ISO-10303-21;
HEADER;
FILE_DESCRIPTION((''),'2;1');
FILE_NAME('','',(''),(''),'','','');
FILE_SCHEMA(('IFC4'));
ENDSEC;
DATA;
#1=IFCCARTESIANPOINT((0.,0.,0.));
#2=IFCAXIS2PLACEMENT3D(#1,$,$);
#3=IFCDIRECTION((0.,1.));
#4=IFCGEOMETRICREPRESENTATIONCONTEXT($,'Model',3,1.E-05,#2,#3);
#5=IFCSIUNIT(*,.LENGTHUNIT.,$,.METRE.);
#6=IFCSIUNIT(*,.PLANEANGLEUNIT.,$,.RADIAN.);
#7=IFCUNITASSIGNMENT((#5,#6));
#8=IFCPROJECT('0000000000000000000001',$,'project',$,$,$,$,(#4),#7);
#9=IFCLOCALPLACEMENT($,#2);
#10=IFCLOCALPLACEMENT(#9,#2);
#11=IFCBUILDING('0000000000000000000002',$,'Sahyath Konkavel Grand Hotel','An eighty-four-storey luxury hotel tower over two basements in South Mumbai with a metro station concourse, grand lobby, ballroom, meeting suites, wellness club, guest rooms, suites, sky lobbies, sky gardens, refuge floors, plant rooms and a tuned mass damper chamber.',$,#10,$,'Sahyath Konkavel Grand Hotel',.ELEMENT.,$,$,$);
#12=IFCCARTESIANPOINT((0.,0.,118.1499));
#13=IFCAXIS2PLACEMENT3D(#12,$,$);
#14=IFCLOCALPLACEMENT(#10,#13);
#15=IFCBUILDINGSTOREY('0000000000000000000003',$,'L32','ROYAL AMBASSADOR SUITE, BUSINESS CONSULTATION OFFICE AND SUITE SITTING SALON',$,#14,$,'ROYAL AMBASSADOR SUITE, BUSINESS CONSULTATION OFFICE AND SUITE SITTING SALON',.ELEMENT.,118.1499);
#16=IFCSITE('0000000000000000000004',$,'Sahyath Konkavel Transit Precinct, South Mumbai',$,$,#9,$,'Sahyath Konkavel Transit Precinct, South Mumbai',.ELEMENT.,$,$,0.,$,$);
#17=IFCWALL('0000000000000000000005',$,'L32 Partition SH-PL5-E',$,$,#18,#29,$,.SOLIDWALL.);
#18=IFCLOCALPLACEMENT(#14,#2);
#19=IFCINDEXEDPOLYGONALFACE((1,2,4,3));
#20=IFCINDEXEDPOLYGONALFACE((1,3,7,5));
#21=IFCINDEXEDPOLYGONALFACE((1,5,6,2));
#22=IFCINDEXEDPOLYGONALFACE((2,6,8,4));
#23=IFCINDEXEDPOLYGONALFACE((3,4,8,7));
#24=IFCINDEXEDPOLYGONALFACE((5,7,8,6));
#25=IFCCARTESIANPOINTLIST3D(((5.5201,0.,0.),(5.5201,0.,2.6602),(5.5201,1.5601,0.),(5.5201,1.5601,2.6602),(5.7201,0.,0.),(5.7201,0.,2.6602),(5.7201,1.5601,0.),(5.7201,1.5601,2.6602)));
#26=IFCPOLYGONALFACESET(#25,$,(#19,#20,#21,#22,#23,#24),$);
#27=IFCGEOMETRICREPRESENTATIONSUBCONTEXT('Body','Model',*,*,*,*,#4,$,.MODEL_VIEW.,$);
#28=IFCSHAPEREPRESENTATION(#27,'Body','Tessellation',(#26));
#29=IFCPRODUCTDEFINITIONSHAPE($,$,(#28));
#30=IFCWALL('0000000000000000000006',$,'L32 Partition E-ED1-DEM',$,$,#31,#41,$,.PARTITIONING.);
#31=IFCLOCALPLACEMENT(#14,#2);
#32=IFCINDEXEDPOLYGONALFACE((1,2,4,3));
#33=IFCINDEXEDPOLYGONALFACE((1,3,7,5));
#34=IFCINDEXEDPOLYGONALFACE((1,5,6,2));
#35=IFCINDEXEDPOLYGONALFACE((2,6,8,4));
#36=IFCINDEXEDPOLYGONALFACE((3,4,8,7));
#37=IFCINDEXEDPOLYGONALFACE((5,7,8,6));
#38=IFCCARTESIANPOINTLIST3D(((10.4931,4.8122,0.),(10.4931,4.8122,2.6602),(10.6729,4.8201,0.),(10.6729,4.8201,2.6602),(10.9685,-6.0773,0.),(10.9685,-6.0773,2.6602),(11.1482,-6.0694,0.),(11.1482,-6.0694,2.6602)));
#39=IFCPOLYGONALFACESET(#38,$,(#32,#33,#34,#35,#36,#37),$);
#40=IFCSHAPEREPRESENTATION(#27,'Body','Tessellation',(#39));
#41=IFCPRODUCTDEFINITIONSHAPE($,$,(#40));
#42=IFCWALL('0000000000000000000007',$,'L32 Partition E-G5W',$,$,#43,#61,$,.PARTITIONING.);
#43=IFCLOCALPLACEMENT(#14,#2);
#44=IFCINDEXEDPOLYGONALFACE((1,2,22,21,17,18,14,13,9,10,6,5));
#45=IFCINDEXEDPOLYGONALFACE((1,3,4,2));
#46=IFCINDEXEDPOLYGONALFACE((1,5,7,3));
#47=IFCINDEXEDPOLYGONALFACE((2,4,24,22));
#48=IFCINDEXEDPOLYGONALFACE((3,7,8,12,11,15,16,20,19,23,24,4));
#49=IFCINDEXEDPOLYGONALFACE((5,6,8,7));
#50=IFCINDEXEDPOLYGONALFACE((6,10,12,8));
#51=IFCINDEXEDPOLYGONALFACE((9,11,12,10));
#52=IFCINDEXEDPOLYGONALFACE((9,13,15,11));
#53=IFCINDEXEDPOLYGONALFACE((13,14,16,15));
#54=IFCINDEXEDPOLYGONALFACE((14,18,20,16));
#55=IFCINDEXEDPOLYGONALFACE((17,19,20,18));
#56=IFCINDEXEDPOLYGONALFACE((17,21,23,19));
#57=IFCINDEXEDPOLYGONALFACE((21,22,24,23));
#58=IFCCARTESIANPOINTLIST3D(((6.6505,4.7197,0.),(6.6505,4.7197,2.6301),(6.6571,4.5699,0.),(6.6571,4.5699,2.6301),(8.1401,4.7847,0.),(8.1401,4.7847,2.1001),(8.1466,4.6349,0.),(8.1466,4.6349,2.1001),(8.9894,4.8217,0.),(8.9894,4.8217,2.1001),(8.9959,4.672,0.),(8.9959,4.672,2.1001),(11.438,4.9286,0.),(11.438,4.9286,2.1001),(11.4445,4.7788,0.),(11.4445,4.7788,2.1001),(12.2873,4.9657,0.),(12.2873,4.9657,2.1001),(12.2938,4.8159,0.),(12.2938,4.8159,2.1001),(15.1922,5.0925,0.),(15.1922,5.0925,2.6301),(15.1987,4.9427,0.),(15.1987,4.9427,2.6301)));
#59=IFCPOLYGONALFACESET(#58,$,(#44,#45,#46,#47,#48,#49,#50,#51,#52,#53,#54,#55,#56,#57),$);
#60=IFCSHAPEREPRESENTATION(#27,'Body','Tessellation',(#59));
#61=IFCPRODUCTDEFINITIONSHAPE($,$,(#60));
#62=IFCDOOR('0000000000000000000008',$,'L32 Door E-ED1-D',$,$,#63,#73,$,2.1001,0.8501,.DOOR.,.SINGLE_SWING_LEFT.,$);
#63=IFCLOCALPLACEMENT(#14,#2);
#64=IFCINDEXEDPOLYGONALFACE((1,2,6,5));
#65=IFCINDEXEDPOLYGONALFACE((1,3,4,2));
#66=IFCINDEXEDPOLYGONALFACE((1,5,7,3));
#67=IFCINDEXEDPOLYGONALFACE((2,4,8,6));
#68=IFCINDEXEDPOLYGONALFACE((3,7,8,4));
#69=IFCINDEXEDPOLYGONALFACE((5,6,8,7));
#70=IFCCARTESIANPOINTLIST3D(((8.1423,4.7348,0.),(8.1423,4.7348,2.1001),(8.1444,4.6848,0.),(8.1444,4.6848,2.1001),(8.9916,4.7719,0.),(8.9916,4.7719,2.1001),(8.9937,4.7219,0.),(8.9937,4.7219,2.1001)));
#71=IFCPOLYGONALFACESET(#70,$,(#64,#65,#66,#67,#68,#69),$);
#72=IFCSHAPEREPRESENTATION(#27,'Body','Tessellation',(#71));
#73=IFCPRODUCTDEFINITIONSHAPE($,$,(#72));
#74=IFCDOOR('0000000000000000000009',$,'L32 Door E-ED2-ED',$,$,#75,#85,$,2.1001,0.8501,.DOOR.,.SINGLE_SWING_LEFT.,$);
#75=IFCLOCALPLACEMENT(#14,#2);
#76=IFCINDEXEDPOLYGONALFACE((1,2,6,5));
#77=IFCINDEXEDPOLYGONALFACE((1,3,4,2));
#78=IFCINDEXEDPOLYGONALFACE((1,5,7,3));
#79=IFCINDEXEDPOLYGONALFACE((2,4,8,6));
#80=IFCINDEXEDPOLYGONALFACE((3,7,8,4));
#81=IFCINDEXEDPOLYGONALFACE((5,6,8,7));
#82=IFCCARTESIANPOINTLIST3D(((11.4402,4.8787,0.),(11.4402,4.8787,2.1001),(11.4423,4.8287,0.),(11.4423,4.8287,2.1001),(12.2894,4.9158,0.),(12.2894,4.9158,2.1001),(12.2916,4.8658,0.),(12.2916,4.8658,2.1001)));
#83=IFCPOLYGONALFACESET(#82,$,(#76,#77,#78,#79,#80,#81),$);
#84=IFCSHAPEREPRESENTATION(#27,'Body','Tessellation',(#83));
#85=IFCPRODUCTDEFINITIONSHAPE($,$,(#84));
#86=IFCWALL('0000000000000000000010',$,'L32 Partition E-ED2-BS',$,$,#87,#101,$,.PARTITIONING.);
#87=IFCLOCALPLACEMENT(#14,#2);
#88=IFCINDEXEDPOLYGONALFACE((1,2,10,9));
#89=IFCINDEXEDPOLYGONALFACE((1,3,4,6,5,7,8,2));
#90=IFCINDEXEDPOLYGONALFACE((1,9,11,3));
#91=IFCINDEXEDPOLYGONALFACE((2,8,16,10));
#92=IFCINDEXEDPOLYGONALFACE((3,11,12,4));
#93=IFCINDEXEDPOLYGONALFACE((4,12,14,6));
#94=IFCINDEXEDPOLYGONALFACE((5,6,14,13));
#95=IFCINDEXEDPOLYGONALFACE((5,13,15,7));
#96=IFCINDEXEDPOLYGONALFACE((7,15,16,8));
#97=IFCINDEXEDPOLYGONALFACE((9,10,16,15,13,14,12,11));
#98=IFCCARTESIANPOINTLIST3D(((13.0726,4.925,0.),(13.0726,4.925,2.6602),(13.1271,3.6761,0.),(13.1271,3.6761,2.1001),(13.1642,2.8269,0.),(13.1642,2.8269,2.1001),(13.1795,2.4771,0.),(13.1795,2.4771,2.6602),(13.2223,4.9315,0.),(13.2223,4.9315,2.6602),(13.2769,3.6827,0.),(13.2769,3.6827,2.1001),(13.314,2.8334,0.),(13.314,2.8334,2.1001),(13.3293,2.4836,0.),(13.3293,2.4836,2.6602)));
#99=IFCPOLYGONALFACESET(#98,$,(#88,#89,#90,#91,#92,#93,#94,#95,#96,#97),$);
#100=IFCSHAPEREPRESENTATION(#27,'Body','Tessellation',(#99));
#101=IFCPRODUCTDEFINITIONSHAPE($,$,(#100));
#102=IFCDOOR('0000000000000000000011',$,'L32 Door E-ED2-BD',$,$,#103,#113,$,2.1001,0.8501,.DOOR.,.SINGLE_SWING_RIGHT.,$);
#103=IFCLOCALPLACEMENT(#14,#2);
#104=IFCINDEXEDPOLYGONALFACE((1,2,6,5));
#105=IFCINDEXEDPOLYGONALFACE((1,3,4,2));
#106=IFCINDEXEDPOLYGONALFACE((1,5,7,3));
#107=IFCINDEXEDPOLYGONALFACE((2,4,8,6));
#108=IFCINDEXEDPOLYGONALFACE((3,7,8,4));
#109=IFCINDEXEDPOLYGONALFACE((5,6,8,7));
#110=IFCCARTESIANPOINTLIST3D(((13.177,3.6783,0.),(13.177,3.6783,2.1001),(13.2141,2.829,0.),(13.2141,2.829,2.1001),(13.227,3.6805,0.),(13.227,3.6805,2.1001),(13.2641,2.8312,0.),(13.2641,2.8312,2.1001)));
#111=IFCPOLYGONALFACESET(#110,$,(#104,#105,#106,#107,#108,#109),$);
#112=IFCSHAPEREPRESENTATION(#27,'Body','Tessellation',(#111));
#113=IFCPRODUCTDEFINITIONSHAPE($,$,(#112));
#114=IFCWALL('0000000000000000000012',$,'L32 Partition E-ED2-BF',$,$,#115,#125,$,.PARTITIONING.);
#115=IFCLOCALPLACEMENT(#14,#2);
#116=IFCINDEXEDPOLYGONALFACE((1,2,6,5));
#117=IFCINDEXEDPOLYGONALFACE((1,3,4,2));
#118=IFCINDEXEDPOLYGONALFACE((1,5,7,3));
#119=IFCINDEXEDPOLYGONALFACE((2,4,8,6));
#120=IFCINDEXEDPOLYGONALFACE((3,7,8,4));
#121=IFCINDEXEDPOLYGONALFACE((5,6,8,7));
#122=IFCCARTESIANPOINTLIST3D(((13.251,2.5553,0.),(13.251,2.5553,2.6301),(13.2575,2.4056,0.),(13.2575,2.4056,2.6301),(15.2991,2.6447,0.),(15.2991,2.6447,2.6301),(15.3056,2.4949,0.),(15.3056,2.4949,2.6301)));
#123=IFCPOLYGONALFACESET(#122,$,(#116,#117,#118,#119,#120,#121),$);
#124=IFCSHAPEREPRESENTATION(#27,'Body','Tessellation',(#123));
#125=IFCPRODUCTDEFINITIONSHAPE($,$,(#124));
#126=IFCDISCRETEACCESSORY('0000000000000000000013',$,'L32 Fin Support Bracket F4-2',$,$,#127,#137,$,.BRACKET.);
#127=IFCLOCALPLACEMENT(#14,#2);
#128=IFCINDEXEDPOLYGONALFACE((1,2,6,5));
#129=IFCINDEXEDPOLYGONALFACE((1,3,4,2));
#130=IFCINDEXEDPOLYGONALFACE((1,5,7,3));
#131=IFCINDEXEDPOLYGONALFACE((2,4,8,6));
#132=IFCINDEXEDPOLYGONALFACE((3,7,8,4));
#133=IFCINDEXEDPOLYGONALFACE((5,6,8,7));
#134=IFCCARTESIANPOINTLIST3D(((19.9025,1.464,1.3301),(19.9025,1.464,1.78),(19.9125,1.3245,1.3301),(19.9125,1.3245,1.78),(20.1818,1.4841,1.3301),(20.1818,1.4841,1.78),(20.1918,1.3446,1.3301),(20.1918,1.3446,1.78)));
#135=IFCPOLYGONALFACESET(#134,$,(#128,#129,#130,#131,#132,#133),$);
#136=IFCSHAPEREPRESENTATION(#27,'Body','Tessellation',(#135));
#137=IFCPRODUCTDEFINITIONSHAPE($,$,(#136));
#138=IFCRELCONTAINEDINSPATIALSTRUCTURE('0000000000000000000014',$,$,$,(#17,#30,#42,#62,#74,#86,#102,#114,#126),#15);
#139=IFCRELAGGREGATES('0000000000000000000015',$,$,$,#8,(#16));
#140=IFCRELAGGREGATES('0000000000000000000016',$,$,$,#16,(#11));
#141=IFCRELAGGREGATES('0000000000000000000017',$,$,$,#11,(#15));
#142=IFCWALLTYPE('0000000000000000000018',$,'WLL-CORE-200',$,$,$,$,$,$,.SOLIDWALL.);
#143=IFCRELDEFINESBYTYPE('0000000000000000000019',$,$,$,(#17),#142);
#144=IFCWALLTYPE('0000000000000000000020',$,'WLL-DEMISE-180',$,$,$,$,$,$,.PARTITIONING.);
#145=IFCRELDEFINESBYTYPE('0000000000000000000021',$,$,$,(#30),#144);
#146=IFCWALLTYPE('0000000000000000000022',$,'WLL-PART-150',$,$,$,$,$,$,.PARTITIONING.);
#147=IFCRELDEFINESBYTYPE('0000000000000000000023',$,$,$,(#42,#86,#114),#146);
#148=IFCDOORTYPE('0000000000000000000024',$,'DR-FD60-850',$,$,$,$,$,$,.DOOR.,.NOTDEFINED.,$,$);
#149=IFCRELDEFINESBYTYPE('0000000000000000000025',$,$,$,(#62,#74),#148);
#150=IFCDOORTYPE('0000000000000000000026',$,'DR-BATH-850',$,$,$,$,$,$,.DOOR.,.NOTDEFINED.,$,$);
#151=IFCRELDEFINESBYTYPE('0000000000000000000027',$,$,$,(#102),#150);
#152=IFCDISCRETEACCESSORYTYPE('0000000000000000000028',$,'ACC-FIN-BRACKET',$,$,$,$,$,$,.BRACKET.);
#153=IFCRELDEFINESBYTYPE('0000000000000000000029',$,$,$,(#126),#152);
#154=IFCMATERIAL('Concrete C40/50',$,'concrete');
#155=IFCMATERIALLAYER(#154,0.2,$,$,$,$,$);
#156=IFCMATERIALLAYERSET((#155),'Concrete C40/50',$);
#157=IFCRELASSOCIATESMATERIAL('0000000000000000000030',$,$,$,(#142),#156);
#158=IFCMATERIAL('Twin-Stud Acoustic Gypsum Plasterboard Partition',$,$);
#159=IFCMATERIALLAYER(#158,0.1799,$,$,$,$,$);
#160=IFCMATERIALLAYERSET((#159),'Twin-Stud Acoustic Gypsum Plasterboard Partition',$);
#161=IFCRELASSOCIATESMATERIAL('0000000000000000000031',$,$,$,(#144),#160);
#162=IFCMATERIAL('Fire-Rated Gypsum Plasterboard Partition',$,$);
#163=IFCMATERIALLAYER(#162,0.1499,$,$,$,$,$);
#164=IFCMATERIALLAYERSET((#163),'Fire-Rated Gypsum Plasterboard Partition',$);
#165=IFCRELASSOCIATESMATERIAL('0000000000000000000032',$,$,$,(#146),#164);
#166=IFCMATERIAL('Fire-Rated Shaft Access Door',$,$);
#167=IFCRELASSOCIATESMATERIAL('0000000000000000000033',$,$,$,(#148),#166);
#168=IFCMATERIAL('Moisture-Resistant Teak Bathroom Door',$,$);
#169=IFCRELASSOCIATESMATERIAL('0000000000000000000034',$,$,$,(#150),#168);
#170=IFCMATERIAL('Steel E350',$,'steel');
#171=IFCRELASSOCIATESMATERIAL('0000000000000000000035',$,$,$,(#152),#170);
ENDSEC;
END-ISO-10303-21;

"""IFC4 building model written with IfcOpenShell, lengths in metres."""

from ifc_helpers import new_model, si_unit, direction, frame, frame_2d, origin, origin_2d, place, context, subcontext, project, spatial, rectangle, extrude, source, transform, mapped, material, layer, layer_set, type_object, element, fill, save


model = new_model("IFC4")

# Units and contexts
model_context = context("Model", 3, precision=1e-05, world=origin(), true_north=direction((0.0, 1.0)))
body_context = subcontext(model_context, "Body", "Model", "MODEL_VIEW")
ifc_project = project(units=[si_unit("LENGTHUNIT", "METRE"), si_unit("PLANEANGLEUNIT", "RADIAN")], contexts=[model_context])

# Site, building, storey
site_placement = place(None, origin())
site = spatial("IfcSite", under=ifc_project, at=site_placement, Name="Sahyath Konkavel Transit Precinct, South Mumbai", LongName="Sahyath Konkavel Transit Precinct, South Mumbai", CompositionType="ELEMENT", RefElevation=0.0)
building_placement = place(site_placement, origin())
building = spatial("IfcBuilding", under=site, at=building_placement, Name="Sahyath Konkavel Grand Hotel", Description="An eighty-four-storey luxury hotel tower over two basements in South Mumbai with a metro station concourse, grand lobby, ballroom, meeting suites, wellness club, guest rooms, suites, sky lobbies, sky gardens, refuge floors, plant rooms and a tuned mass damper chamber.", LongName="Sahyath Konkavel Grand Hotel", CompositionType="ELEMENT")
storey_placement = place(building_placement, frame((0.0, 0.0, 118.1499)))
storey = spatial("IfcBuildingStorey", under=building, at=storey_placement, Name="L32", Description="ROYAL AMBASSADOR SUITE, BUSINESS CONSULTATION OFFICE AND SUITE SITTING SALON", LongName="ROYAL AMBASSADOR SUITE, BUSINESS CONSULTATION OFFICE AND SUITE SITTING SALON", CompositionType="ELEMENT", Elevation=118.1499)

# Shared definitions
ifc_material_1 = material(Name="Steel E350", Category="steel")

# Walls
ifc_material_2 = material(Name="Concrete C40/50", Category="concrete")
ifc_layer_1 = layer(ifc_material_2, 0.2)
ifc_layer_set_1 = layer_set([ifc_layer_1], Name="Concrete C40/50")
wall_type_1 = type_object("IfcWallType", Name="WLL-CORE-200", PredefinedType="SOLIDWALL", material=ifc_layer_set_1)
wall_1_placement = place(storey_placement, frame((5.6201, 0.0, 0.0), z_axis=(0.0, 0.0, 1.0), x_axis=(0.0, 1.0, 0.0)))
element("IfcWall", 1, at=wall_1_placement, inside=storey, type_object=wall_type_1, Name="L32 Partition SH-PL5-E", PredefinedType="SOLIDWALL", context=body_context, shape_type="SweptSolid", body=[
    extrude(rectangle(XDim=1.5601, YDim=0.2, at=frame_2d((0.78, 0.0))), origin(), (0.0, 0.0, 1.0), 2.6602),
])
ifc_material_3 = material(Name="Twin-Stud Acoustic Gypsum Plasterboard Partition")
ifc_layer_2 = layer(ifc_material_3, 0.1799)
ifc_layer_set_2 = layer_set([ifc_layer_2], Name="Twin-Stud Acoustic Gypsum Plasterboard Partition")
wall_type_2 = type_object("IfcWallType", Name="WLL-DEMISE-180", PredefinedType="PARTITIONING", material=ifc_layer_set_2)
wall_2_placement = place(storey_placement, frame((10.583, 4.8162, 0.0), z_axis=(0.0, 0.0, 1.0), x_axis=(0.043609, -0.999049, 0.0)))
element("IfcWall", 2, at=wall_2_placement, inside=storey, type_object=wall_type_2, Name="L32 Partition E-ED1-DEM", PredefinedType="PARTITIONING", context=body_context, shape_type="SweptSolid", body=[
    extrude(rectangle(XDim=10.8999, YDim=0.1799, at=frame_2d((5.45, 0.0))), origin(), (0.0, 0.0, 1.0), 2.6602),
])

# Wall, openings, doors
ifc_material_4 = material(Name="Fire-Rated Gypsum Plasterboard Partition")
ifc_layer_3 = layer(ifc_material_4, 0.1499)
ifc_layer_set_3 = layer_set([ifc_layer_3], Name="Fire-Rated Gypsum Plasterboard Partition")
wall_type_3 = type_object("IfcWallType", Name="WLL-PART-150", PredefinedType="PARTITIONING", material=ifc_layer_set_3)
wall_3_placement = place(storey_placement, frame((6.6538, 4.6448, 0.0), z_axis=(0.0, 0.0, 1.0), x_axis=(0.999049, 0.043603, 0.0)))
wall_3 = element("IfcWall", 3, at=wall_3_placement, inside=storey, type_object=wall_type_3, Name="L32 Partition E-G5W", PredefinedType="PARTITIONING", context=body_context, shape_type="SweptSolid", body=[
    extrude(rectangle(XDim=8.5498, YDim=0.1499, at=frame_2d((4.2749, 0.0))), origin(), (0.0, 0.0, 1.0), 2.6301),
])
opening_1_placement = place(wall_3_placement, frame((1.491, 0.0, 0.0)))
opening_1 = element("IfcOpeningElement", 4, at=opening_1_placement, cuts=wall_3, PredefinedType="OPENING", context=body_context, shape_type="SweptSolid", body=[
    extrude(rectangle(XDim=0.8501, YDim=2.1001, at=frame_2d((0.425, 1.05))), frame((0.0, 0.085, 0.0), z_axis=(0.0, -1.0, 0.0), x_axis=(1.0, 0.0, 0.0)), (0.0, 0.0, 1.0), 0.1699),
])
opening_2_placement = place(wall_3_placement, frame((4.792, 0.0, 0.0)))
opening_2 = element("IfcOpeningElement", 5, at=opening_2_placement, cuts=wall_3, PredefinedType="OPENING", context=body_context, shape_type="SweptSolid", body=[
    extrude(rectangle(XDim=0.8501, YDim=2.1001, at=frame_2d((0.425, 1.05))), frame((0.0, 0.085, 0.0), z_axis=(0.0, -1.0, 0.0), x_axis=(1.0, 0.0, 0.0)), (0.0, 0.0, 1.0), 0.1699),
])
ifc_material_5 = material(Name="Fire-Rated Shaft Access Door")
door_type_1 = type_object("IfcDoorType", Name="DR-FD60-850", OperationType="NOTDEFINED", PredefinedType="DOOR", material=ifc_material_5)
shared_shape_1 = source(origin(), body_context, "Body", "SweptSolid", [
    extrude(rectangle(XDim=0.8501, YDim=0.05, at=origin_2d()), origin(), (0.0, 0.0, 1.0), 2.1001),
])
door_1_placement = place(opening_1_placement, frame((0.425, 0.0, 0.0)))
door_1 = element("IfcDoor", 6, at=door_1_placement, inside=storey, type_object=door_type_1, Name="L32 Door E-ED1-D", OperationType="SINGLE_SWING_LEFT", OverallHeight=2.1001, OverallWidth=0.8501, PredefinedType="DOOR", context=body_context, shape_type="MappedRepresentation", body=[
    mapped(shared_shape_1, transform((0.0, 0.0, 0.0), scale=1.0)),
])
fill(opening_1, door_1)
door_2_placement = place(opening_2_placement, frame((0.425, 0.0, 0.0)))
door_2 = element("IfcDoor", 7, at=door_2_placement, inside=storey, type_object=door_type_1, Name="L32 Door E-ED2-ED", OperationType="SINGLE_SWING_LEFT", OverallHeight=2.1001, OverallWidth=0.8501, PredefinedType="DOOR", context=body_context, shape_type="MappedRepresentation", body=[
    mapped(shared_shape_1, transform((0.0, 0.0, 0.0), scale=1.0)),
])
fill(opening_2, door_2)

# Wall, opening, door
wall_4_placement = place(storey_placement, frame((13.1475, 4.9282, 0.0), z_axis=(0.0, 0.0, 1.0), x_axis=(0.043645, -0.999047, 0.0)))
wall_4 = element("IfcWall", 8, at=wall_4_placement, inside=storey, type_object=wall_type_3, Name="L32 Partition E-ED2-BS", PredefinedType="PARTITIONING", context=body_context, shape_type="SweptSolid", body=[
    extrude(rectangle(XDim=2.4502, YDim=0.1499, at=frame_2d((1.2251, 0.0))), origin(), (0.0, 0.0, 1.0), 2.6602),
])
opening_3_placement = place(wall_4_placement, frame((1.25, 0.0, 0.0)))
opening_3 = element("IfcOpeningElement", 9, at=opening_3_placement, cuts=wall_4, PredefinedType="OPENING", context=body_context, shape_type="SweptSolid", body=[
    extrude(rectangle(XDim=0.8501, YDim=2.1001, at=frame_2d((0.425, 1.05))), frame((0.0, 0.085, 0.0), z_axis=(0.0, -1.0, 0.0), x_axis=(1.0, 0.0, 0.0)), (0.0, 0.0, 1.0), 0.1699),
])
ifc_material_6 = material(Name="Moisture-Resistant Teak Bathroom Door")
door_type_2 = type_object("IfcDoorType", Name="DR-BATH-850", OperationType="NOTDEFINED", PredefinedType="DOOR", material=ifc_material_6)
door_3_placement = place(opening_3_placement, frame((0.425, 0.0, 0.0)))
door_3 = element("IfcDoor", 10, at=door_3_placement, inside=storey, type_object=door_type_2, Name="L32 Door E-ED2-BD", OperationType="SINGLE_SWING_RIGHT", OverallHeight=2.1001, OverallWidth=0.8501, PredefinedType="DOOR", context=body_context, shape_type="MappedRepresentation", body=[
    mapped(shared_shape_1, transform((0.0, 0.0, 0.0), scale=1.0)),
])
fill(opening_3, door_3)

# Wall
wall_5_placement = place(storey_placement, frame((13.2544, 2.4805, 0.0), z_axis=(0.0, 0.0, 1.0), x_axis=(0.99905, 0.043587, 0.0)))
element("IfcWall", 11, at=wall_5_placement, inside=storey, type_object=wall_type_3, Name="L32 Partition E-ED2-BF", PredefinedType="PARTITIONING", context=body_context, shape_type="SweptSolid", body=[
    extrude(rectangle(XDim=2.05, YDim=0.1499, at=frame_2d((1.0249, 0.0))), origin(), (0.0, 0.0, 1.0), 2.6301),
])

# Discrete accessory
discrete_accessory_type = type_object("IfcDiscreteAccessoryType", Name="ACC-FIN-BRACKET", PredefinedType="BRACKET", material=ifc_material_1)
shared_shape_2 = source(origin(), body_context, "Body", "SweptSolid", [
    extrude(rectangle(XDim=0.28, YDim=0.1399, at=origin_2d()), origin(), (0.0, 0.0, 1.0), 0.45),
])
discrete_accessory_placement = place(storey_placement, frame((20.0471, 1.4043, 1.3301), z_axis=(0.0, 0.0, 1.0), x_axis=(0.997436, 0.071567, 0.0)))
element("IfcDiscreteAccessory", 12, at=discrete_accessory_placement, inside=storey, type_object=discrete_accessory_type, Name="L32 Fin Support Bracket F4-2", PredefinedType="BRACKET", context=body_context, shape_type="MappedRepresentation", body=[
    mapped(shared_shape_2, transform((0.0, 0.0, 0.0), scale=1.0)),
])

save(model, "model.ifc")
